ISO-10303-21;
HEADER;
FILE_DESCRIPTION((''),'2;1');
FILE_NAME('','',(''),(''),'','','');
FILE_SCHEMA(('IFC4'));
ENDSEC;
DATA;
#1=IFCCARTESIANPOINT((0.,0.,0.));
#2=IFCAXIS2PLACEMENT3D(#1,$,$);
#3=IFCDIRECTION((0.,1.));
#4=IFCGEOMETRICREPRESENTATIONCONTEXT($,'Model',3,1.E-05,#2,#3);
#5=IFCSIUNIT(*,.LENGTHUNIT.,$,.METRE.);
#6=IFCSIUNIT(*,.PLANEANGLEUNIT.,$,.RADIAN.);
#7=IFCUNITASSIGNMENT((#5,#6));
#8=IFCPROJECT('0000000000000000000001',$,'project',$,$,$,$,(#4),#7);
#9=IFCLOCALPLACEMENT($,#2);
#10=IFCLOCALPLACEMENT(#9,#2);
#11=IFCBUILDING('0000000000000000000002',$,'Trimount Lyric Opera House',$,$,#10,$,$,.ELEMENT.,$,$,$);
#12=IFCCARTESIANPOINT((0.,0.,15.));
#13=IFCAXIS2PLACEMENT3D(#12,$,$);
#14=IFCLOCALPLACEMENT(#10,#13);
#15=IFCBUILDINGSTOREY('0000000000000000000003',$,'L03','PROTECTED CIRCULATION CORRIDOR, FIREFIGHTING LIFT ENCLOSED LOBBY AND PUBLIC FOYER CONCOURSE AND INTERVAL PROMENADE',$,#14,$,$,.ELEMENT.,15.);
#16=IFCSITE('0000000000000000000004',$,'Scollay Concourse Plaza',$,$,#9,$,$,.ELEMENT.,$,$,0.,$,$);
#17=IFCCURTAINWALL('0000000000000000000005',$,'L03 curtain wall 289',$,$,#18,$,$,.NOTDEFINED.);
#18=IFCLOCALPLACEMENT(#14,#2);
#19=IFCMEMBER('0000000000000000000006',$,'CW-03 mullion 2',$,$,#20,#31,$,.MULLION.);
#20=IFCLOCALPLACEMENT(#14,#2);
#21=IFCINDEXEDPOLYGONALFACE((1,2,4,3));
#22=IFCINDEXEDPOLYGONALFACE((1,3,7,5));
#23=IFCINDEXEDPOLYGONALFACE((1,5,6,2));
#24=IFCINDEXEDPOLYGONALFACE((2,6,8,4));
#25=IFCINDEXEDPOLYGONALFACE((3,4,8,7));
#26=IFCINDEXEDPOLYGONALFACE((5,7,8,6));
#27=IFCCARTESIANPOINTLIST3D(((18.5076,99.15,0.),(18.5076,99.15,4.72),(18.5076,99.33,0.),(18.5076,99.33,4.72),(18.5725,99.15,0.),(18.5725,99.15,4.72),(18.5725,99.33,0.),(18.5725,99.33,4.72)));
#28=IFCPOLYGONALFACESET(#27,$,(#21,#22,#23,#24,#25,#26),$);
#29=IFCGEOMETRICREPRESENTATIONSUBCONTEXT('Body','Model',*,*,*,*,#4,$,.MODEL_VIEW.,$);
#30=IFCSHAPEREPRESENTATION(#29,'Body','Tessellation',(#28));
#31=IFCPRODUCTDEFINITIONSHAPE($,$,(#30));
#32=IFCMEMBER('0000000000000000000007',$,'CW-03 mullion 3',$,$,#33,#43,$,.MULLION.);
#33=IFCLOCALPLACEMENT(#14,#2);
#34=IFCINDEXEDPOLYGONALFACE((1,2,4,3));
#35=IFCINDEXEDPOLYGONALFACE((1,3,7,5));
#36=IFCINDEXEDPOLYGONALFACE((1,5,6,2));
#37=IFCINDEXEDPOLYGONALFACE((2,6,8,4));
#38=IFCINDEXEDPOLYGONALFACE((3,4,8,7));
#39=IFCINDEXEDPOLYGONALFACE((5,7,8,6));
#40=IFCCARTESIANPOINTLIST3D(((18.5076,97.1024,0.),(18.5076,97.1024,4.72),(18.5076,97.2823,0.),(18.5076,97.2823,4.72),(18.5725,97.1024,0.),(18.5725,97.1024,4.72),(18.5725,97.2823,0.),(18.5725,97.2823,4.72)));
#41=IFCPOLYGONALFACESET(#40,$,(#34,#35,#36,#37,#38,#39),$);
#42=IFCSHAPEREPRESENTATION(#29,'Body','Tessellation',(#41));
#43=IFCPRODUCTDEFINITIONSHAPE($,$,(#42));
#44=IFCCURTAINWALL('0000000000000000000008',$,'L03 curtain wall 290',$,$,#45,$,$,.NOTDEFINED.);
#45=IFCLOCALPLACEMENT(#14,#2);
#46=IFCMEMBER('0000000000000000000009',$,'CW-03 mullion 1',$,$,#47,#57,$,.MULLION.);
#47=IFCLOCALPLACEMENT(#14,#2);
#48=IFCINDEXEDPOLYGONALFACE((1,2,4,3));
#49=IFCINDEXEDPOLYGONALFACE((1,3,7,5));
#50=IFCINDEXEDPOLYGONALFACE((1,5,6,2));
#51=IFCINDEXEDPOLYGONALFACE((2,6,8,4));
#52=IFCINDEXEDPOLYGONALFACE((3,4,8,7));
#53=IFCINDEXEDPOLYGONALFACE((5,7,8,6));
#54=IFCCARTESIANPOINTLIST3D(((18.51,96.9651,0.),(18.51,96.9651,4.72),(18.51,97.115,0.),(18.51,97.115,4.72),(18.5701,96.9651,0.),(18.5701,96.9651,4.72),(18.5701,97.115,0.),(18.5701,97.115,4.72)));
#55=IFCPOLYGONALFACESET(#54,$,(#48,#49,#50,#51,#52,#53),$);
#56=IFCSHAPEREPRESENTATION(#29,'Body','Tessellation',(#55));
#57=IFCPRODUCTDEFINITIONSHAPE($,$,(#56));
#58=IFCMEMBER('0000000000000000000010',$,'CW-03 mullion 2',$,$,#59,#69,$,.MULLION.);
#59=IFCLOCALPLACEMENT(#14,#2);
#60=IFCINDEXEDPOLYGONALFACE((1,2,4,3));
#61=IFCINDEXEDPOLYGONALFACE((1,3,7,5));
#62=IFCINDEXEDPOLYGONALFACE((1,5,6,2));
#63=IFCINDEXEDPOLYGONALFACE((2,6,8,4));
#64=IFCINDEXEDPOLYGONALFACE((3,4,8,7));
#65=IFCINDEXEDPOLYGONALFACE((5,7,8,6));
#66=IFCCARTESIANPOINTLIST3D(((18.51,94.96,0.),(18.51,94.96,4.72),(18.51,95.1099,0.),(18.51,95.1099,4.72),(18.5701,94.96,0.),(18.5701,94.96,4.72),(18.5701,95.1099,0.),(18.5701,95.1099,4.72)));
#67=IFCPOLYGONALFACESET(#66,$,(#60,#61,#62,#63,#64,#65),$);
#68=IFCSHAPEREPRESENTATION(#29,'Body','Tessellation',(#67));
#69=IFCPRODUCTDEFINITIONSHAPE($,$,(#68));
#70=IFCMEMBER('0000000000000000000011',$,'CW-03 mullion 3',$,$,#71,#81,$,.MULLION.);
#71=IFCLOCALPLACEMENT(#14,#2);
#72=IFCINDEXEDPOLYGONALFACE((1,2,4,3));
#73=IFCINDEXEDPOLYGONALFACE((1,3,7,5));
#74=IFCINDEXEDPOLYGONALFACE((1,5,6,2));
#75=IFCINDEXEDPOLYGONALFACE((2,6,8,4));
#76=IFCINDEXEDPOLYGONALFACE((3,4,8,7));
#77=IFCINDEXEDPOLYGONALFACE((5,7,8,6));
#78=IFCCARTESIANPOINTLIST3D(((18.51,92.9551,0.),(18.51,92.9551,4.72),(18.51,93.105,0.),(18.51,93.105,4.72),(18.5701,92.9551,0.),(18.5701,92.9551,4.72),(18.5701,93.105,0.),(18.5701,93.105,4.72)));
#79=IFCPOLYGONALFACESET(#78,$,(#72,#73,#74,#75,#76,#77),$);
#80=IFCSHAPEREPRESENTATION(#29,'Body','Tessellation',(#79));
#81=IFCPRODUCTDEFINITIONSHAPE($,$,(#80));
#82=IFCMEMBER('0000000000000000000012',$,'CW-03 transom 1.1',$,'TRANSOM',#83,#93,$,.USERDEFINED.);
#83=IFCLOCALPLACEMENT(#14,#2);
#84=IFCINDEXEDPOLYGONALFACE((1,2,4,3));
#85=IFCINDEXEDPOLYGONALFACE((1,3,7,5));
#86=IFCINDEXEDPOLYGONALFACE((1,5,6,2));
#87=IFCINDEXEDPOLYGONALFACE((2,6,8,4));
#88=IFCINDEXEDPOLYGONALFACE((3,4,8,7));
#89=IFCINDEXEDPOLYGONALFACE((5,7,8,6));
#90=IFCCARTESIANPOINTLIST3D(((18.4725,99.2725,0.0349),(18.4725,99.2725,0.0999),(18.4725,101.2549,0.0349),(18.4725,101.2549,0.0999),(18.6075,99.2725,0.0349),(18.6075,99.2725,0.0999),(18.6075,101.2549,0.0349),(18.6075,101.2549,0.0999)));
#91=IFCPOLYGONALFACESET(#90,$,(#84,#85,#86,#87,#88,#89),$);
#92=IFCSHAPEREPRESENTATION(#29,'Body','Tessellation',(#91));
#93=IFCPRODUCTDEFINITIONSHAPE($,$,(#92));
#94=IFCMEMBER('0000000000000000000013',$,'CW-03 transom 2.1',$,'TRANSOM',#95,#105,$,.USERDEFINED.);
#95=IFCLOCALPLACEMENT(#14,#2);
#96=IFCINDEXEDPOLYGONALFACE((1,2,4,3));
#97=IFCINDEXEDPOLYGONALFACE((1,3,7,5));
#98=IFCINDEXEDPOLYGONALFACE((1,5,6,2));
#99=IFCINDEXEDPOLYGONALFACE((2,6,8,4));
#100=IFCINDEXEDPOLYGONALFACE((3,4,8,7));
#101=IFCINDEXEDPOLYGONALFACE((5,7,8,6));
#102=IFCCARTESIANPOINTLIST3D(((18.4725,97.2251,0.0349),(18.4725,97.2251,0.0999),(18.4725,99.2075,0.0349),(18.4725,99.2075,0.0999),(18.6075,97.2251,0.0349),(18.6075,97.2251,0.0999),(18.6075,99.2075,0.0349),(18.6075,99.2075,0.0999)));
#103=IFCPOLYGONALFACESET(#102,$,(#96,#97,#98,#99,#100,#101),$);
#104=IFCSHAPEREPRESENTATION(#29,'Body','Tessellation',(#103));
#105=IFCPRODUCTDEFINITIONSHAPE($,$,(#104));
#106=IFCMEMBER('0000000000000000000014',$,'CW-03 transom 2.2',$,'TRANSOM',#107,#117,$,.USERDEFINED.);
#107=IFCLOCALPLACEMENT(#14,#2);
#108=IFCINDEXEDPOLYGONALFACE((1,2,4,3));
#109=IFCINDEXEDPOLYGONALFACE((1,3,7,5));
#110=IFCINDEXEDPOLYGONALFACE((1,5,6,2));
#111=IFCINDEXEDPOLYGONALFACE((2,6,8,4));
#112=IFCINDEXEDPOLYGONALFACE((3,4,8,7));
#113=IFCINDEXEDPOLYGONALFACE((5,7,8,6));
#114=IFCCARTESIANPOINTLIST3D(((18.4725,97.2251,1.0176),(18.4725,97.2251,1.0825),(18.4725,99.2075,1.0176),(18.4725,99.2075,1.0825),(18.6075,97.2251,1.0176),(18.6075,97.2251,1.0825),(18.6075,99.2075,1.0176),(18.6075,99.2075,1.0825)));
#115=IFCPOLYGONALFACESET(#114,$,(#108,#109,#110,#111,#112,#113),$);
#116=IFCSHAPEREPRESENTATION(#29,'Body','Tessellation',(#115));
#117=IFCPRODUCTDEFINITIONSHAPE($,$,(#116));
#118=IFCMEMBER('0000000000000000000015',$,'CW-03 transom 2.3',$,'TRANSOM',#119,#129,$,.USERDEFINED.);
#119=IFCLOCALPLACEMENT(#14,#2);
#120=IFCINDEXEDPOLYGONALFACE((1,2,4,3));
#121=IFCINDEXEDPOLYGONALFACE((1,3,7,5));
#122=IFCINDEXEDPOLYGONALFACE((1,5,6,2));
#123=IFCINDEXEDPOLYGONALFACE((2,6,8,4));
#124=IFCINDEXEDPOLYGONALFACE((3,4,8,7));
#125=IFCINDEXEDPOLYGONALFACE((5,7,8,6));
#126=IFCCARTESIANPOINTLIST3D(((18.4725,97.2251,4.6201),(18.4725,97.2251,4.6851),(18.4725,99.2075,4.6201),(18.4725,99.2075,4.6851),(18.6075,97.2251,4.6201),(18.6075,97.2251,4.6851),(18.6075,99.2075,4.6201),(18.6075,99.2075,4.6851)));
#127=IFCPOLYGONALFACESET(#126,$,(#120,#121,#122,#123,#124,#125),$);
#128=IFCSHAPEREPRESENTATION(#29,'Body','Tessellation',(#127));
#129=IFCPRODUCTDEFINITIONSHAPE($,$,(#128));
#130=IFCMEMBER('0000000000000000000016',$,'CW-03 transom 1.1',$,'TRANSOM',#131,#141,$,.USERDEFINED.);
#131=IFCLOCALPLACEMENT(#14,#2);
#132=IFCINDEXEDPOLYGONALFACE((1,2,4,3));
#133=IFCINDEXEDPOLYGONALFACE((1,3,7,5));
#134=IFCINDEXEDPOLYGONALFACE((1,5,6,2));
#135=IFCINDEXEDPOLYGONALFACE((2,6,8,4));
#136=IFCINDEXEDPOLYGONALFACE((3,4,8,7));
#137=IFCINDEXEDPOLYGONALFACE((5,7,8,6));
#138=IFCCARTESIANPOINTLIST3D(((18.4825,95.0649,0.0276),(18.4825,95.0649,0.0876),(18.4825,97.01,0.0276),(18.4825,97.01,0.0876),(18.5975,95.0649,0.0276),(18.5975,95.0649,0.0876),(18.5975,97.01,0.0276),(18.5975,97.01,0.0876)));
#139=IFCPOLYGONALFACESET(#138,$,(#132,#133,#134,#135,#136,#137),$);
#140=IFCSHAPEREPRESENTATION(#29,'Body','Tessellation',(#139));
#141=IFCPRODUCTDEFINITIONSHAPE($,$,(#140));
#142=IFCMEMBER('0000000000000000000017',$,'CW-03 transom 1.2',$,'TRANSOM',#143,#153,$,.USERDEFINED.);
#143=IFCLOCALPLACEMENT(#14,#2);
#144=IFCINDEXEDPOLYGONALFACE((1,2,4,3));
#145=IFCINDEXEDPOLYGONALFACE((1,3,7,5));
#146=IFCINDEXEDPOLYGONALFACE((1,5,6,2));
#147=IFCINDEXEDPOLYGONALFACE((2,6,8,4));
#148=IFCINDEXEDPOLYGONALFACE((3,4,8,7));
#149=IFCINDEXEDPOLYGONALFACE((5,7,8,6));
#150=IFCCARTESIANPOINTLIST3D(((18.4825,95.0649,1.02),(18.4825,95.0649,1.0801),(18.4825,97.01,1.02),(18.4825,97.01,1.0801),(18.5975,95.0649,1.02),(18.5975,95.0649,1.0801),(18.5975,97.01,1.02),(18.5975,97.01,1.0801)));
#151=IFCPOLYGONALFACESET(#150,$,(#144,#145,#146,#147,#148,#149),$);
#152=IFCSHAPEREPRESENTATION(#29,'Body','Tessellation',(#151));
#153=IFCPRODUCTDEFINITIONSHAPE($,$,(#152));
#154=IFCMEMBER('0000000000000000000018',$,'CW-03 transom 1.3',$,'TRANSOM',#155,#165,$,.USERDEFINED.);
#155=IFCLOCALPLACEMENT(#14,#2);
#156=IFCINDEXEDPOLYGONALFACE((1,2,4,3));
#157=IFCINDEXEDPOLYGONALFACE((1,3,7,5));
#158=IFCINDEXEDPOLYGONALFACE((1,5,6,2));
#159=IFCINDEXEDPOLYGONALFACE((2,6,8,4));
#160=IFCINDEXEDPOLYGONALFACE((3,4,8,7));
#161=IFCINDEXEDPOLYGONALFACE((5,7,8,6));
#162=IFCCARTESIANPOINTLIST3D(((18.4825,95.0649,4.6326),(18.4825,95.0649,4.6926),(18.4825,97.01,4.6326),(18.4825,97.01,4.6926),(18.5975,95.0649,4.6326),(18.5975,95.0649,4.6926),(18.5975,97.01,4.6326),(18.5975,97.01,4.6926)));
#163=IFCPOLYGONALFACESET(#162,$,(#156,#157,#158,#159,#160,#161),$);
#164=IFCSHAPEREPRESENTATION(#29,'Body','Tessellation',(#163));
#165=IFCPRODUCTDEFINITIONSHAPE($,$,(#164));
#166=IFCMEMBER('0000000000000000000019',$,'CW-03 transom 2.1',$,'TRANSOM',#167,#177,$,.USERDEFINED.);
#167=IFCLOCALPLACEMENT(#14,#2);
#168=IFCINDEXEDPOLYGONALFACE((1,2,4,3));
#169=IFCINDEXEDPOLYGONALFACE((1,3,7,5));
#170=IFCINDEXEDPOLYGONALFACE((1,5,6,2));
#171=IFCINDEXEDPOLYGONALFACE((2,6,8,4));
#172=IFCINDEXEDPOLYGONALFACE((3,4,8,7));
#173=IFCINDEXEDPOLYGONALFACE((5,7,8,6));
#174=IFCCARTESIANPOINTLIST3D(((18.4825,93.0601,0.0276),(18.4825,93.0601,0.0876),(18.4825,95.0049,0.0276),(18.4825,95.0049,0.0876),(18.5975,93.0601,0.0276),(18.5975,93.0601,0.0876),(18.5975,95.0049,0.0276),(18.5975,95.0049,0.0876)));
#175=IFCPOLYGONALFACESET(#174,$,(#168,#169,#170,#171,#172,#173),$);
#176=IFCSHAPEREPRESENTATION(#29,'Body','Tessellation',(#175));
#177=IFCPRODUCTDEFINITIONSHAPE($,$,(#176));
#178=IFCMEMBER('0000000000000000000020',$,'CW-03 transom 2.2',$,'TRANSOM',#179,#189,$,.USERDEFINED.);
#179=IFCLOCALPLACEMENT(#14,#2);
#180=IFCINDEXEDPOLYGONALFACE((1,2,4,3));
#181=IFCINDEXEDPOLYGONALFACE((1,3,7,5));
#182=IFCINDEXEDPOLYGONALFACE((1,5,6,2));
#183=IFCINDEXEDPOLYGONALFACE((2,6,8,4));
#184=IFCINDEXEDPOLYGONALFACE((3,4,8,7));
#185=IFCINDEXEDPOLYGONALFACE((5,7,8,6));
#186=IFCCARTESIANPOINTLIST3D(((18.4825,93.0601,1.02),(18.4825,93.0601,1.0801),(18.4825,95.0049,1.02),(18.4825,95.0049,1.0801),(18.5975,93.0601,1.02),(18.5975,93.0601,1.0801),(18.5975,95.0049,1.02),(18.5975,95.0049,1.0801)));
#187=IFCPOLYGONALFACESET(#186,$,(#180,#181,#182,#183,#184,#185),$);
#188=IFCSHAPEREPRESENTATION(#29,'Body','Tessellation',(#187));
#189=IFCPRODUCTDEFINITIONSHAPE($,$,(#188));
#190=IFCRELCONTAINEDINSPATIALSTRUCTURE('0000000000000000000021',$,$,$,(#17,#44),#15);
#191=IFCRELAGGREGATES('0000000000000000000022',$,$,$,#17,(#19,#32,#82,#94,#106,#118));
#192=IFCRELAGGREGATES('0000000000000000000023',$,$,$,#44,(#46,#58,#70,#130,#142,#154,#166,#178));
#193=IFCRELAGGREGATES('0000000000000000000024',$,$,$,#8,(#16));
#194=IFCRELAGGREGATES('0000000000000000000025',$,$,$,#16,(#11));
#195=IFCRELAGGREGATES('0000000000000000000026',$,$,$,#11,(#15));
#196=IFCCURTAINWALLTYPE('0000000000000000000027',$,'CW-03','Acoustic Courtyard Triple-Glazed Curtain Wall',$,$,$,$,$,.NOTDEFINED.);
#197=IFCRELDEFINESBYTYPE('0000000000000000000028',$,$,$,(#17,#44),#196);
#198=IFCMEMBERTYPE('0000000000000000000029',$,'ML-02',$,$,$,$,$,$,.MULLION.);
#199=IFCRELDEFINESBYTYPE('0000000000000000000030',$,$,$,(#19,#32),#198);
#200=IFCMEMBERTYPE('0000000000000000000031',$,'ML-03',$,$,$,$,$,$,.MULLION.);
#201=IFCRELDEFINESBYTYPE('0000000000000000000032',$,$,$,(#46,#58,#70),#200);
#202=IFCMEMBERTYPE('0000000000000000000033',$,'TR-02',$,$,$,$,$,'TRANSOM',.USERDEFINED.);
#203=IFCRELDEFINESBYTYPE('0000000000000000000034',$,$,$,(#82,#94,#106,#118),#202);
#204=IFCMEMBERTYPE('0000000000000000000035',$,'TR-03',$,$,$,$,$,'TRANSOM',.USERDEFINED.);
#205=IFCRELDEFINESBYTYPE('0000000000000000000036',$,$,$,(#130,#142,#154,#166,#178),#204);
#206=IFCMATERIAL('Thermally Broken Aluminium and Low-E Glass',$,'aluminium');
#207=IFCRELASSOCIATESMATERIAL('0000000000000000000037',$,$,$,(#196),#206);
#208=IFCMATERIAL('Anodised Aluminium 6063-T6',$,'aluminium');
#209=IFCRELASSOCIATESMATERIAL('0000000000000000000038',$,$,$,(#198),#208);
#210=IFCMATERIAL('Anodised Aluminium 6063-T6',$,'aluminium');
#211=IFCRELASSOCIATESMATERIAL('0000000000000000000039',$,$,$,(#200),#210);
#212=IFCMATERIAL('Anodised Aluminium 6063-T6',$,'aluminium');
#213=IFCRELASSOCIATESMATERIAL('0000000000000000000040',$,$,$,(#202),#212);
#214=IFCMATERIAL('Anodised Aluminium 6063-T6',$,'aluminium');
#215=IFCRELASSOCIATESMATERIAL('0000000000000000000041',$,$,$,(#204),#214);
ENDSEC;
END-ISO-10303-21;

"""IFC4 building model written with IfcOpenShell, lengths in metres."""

from ifc_helpers import new_model, si_unit, direction, frame, origin, origin_2d, place, context, subcontext, project, spatial, rectangle, extrude, material, material_profile, profile_set, type_object, element, aggregate, save


model = new_model("IFC4")

# Units and contexts
model_context = context("Model", 3, precision=1e-05, world=origin(), true_north=direction((0.0, 1.0)))
body_context = subcontext(model_context, "Body", "Model", "MODEL_VIEW")
ifc_project = project(units=[si_unit("LENGTHUNIT", "METRE"), si_unit("PLANEANGLEUNIT", "RADIAN")], contexts=[model_context])

# Site, building, storey
site_placement = place(None, origin())
site = spatial("IfcSite", under=ifc_project, at=site_placement, Name="Scollay Concourse Plaza", CompositionType="ELEMENT", RefElevation=0.0)
building_placement = place(site_placement, origin())
building = spatial("IfcBuilding", under=site, at=building_placement, Name="Trimount Lyric Opera House", CompositionType="ELEMENT")
storey_placement = place(building_placement, frame((0.0, 0.0, 15.0)))
storey = spatial("IfcBuildingStorey", under=building, at=storey_placement, Name="L03", Description="PROTECTED CIRCULATION CORRIDOR, FIREFIGHTING LIFT ENCLOSED LOBBY AND PUBLIC FOYER CONCOURSE AND INTERVAL PROMENADE", CompositionType="ELEMENT", Elevation=15.0)

# Curtain walls, members
ifc_material_1 = material(Name="Thermally Broken Aluminium and Low-E Glass", Category="aluminium")
curtain_wall_type = type_object("IfcCurtainWallType", Name="CW-03", Description="Acoustic Courtyard Triple-Glazed Curtain Wall", PredefinedType="NOTDEFINED", material=ifc_material_1)
curtain_wall_1_placement = place(storey_placement, origin())
curtain_wall_1 = element("IfcCurtainWall", 1, at=curtain_wall_1_placement, inside=storey, type_object=curtain_wall_type, Name="L03 curtain wall 289", PredefinedType="NOTDEFINED")
ifc_material_2 = material(Name="Anodised Aluminium 6063-T6", Category="aluminium")
ifc_material_profile_1 = material_profile(ifc_material_2, rectangle(XDim=0.0649, YDim=0.1799, at=origin_2d()), Name="ALU-MULL-65X180")
ifc_profile_set_1 = profile_set([ifc_material_profile_1], Name="Anodised Aluminium 6063-T6")
member_type_1 = type_object("IfcMemberType", Name="ML-02", PredefinedType="MULLION", material=ifc_profile_set_1)
member_1_placement = place(storey_placement, frame((18.54, 99.24, 0.0), z_axis=(0.0, 0.0, 1.0), x_axis=(1.0, 0.0, 0.0)))
member_1 = element("IfcMember", 2, at=member_1_placement, type_object=member_type_1, Name="CW-03 mullion 2", PredefinedType="MULLION", context=body_context, shape_type="SweptSolid", body=[
    extrude(rectangle(XDim=0.0649, YDim=0.1799, at=origin_2d()), origin(), (0.0, 0.0, 1.0), 4.72),
])
member_2_placement = place(storey_placement, frame((18.54, 97.1924, 0.0), z_axis=(0.0, 0.0, 1.0), x_axis=(1.0, 0.0, 0.0)))
member_2 = element("IfcMember", 3, at=member_2_placement, type_object=member_type_1, Name="CW-03 mullion 3", PredefinedType="MULLION", context=body_context, shape_type="SweptSolid", body=[
    extrude(rectangle(XDim=0.0649, YDim=0.1799, at=origin_2d()), origin(), (0.0, 0.0, 1.0), 4.72),
])
curtain_wall_2_placement = place(storey_placement, origin())
curtain_wall_2 = element("IfcCurtainWall", 4, at=curtain_wall_2_placement, inside=storey, type_object=curtain_wall_type, Name="L03 curtain wall 290", PredefinedType="NOTDEFINED")
ifc_material_3 = material(Name="Anodised Aluminium 6063-T6", Category="aluminium")
ifc_material_profile_2 = material_profile(ifc_material_3, rectangle(XDim=0.0601, YDim=0.1499, at=origin_2d()), Name="ALU-MULL-60X150")
ifc_profile_set_2 = profile_set([ifc_material_profile_2], Name="Anodised Aluminium 6063-T6")
member_type_2 = type_object("IfcMemberType", Name="ML-03", PredefinedType="MULLION", material=ifc_profile_set_2)
member_3_placement = place(storey_placement, frame((18.54, 97.04, 0.0), z_axis=(0.0, 0.0, 1.0), x_axis=(1.0, 0.0, 0.0)))
member_3 = element("IfcMember", 5, at=member_3_placement, type_object=member_type_2, Name="CW-03 mullion 1", PredefinedType="MULLION", context=body_context, shape_type="SweptSolid", body=[
    extrude(rectangle(XDim=0.0601, YDim=0.1499, at=origin_2d()), origin(), (0.0, 0.0, 1.0), 4.72),
])
member_4_placement = place(storey_placement, frame((18.54, 95.0349, 0.0), z_axis=(0.0, 0.0, 1.0), x_axis=(1.0, 0.0, 0.0)))
member_4 = element("IfcMember", 6, at=member_4_placement, type_object=member_type_2, Name="CW-03 mullion 2", PredefinedType="MULLION", context=body_context, shape_type="SweptSolid", body=[
    extrude(rectangle(XDim=0.0601, YDim=0.1499, at=origin_2d()), origin(), (0.0, 0.0, 1.0), 4.72),
])
member_5_placement = place(storey_placement, frame((18.54, 93.03, 0.0), z_axis=(0.0, 0.0, 1.0), x_axis=(1.0, 0.0, 0.0)))
member_5 = element("IfcMember", 7, at=member_5_placement, type_object=member_type_2, Name="CW-03 mullion 3", PredefinedType="MULLION", context=body_context, shape_type="SweptSolid", body=[
    extrude(rectangle(XDim=0.0601, YDim=0.1499, at=origin_2d()), origin(), (0.0, 0.0, 1.0), 4.72),
])

# Members
ifc_material_4 = material(Name="Anodised Aluminium 6063-T6", Category="aluminium")
ifc_material_profile_3 = material_profile(ifc_material_4, rectangle(XDim=0.135, YDim=0.0649, at=origin_2d()), Name="ALU-TRAN-65X135")
ifc_profile_set_3 = profile_set([ifc_material_profile_3], Name="Anodised Aluminium 6063-T6")
member_type_3 = type_object("IfcMemberType", Name="TR-02", ElementType="TRANSOM", PredefinedType="USERDEFINED", material=ifc_profile_set_3)
member_6_placement = place(storey_placement, frame((18.54, 101.2549, 0.0674), z_axis=(0.0, -1.0, 0.0), x_axis=(1.0, 0.0, 0.0)))
member_6 = element("IfcMember", 8, at=member_6_placement, type_object=member_type_3, Name="CW-03 transom 1.1", ObjectType="TRANSOM", PredefinedType="USERDEFINED", context=body_context, shape_type="SweptSolid", body=[
    extrude(rectangle(XDim=0.135, YDim=0.0649, at=origin_2d()), origin(), (0.0, 0.0, 1.0), 1.9824),
])
member_7_placement = place(storey_placement, frame((18.54, 99.2075, 0.0674), z_axis=(0.0, -1.0, 0.0), x_axis=(1.0, 0.0, 0.0)))
member_7 = element("IfcMember", 9, at=member_7_placement, type_object=member_type_3, Name="CW-03 transom 2.1", ObjectType="TRANSOM", PredefinedType="USERDEFINED", context=body_context, shape_type="SweptSolid", body=[
    extrude(rectangle(XDim=0.135, YDim=0.0649, at=origin_2d()), origin(), (0.0, 0.0, 1.0), 1.9824),
])
member_8_placement = place(storey_placement, frame((18.54, 99.2075, 1.05), z_axis=(0.0, -1.0, 0.0), x_axis=(1.0, 0.0, 0.0)))
member_8 = element("IfcMember", 10, at=member_8_placement, type_object=member_type_3, Name="CW-03 transom 2.2", ObjectType="TRANSOM", PredefinedType="USERDEFINED", context=body_context, shape_type="SweptSolid", body=[
    extrude(rectangle(XDim=0.135, YDim=0.0649, at=origin_2d()), origin(), (0.0, 0.0, 1.0), 1.9824),
])
member_9_placement = place(storey_placement, frame((18.54, 99.2075, 4.6526), z_axis=(0.0, -1.0, 0.0), x_axis=(1.0, 0.0, 0.0)))
member_9 = element("IfcMember", 11, at=member_9_placement, type_object=member_type_3, Name="CW-03 transom 2.3", ObjectType="TRANSOM", PredefinedType="USERDEFINED", context=body_context, shape_type="SweptSolid", body=[
    extrude(rectangle(XDim=0.135, YDim=0.0649, at=origin_2d()), origin(), (0.0, 0.0, 1.0), 1.9824),
])
ifc_material_5 = material(Name="Anodised Aluminium 6063-T6", Category="aluminium")
ifc_material_profile_4 = material_profile(ifc_material_5, rectangle(XDim=0.115, YDim=0.0601, at=origin_2d()), Name="ALU-TRAN-60X115")
ifc_profile_set_4 = profile_set([ifc_material_profile_4], Name="Anodised Aluminium 6063-T6")
member_type_4 = type_object("IfcMemberType", Name="TR-03", ElementType="TRANSOM", PredefinedType="USERDEFINED", material=ifc_profile_set_4)
member_10_placement = place(storey_placement, frame((18.54, 97.01, 0.0576), z_axis=(0.0, -1.0, 0.0), x_axis=(1.0, 0.0, 0.0)))
member_10 = element("IfcMember", 12, at=member_10_placement, type_object=member_type_4, Name="CW-03 transom 1.1", ObjectType="TRANSOM", PredefinedType="USERDEFINED", context=body_context, shape_type="SweptSolid", body=[
    extrude(rectangle(XDim=0.115, YDim=0.0601, at=origin_2d()), origin(), (0.0, 0.0, 1.0), 1.9451),
])
member_11_placement = place(storey_placement, frame((18.54, 97.01, 1.05), z_axis=(0.0, -1.0, 0.0), x_axis=(1.0, 0.0, 0.0)))
member_11 = element("IfcMember", 13, at=member_11_placement, type_object=member_type_4, Name="CW-03 transom 1.2", ObjectType="TRANSOM", PredefinedType="USERDEFINED", context=body_context, shape_type="SweptSolid", body=[
    extrude(rectangle(XDim=0.115, YDim=0.0601, at=origin_2d()), origin(), (0.0, 0.0, 1.0), 1.9451),
])
member_12_placement = place(storey_placement, frame((18.54, 97.01, 4.6626), z_axis=(0.0, -1.0, 0.0), x_axis=(1.0, 0.0, 0.0)))
member_12 = element("IfcMember", 14, at=member_12_placement, type_object=member_type_4, Name="CW-03 transom 1.3", ObjectType="TRANSOM", PredefinedType="USERDEFINED", context=body_context, shape_type="SweptSolid", body=[
    extrude(rectangle(XDim=0.115, YDim=0.0601, at=origin_2d()), origin(), (0.0, 0.0, 1.0), 1.9451),
])
member_13_placement = place(storey_placement, frame((18.54, 95.0049, 0.0576), z_axis=(0.0, -1.0, 0.0), x_axis=(1.0, 0.0, 0.0)))
member_13 = element("IfcMember", 15, at=member_13_placement, type_object=member_type_4, Name="CW-03 transom 2.1", ObjectType="TRANSOM", PredefinedType="USERDEFINED", context=body_context, shape_type="SweptSolid", body=[
    extrude(rectangle(XDim=0.115, YDim=0.0601, at=origin_2d()), origin(), (0.0, 0.0, 1.0), 1.9448),
])
member_14_placement = place(storey_placement, frame((18.54, 95.0049, 1.05), z_axis=(0.0, -1.0, 0.0), x_axis=(1.0, 0.0, 0.0)))
member_14 = element("IfcMember", 16, at=member_14_placement, type_object=member_type_4, Name="CW-03 transom 2.2", ObjectType="TRANSOM", PredefinedType="USERDEFINED", context=body_context, shape_type="SweptSolid", body=[
    extrude(rectangle(XDim=0.115, YDim=0.0601, at=origin_2d()), origin(), (0.0, 0.0, 1.0), 1.9448),
])

aggregate(curtain_wall_1, [member_1, member_2, member_6, member_7, member_8, member_9])
aggregate(curtain_wall_2, [member_3, member_4, member_5, member_10, member_11, member_12, member_13, member_14])

save(model, "model.ifc")
